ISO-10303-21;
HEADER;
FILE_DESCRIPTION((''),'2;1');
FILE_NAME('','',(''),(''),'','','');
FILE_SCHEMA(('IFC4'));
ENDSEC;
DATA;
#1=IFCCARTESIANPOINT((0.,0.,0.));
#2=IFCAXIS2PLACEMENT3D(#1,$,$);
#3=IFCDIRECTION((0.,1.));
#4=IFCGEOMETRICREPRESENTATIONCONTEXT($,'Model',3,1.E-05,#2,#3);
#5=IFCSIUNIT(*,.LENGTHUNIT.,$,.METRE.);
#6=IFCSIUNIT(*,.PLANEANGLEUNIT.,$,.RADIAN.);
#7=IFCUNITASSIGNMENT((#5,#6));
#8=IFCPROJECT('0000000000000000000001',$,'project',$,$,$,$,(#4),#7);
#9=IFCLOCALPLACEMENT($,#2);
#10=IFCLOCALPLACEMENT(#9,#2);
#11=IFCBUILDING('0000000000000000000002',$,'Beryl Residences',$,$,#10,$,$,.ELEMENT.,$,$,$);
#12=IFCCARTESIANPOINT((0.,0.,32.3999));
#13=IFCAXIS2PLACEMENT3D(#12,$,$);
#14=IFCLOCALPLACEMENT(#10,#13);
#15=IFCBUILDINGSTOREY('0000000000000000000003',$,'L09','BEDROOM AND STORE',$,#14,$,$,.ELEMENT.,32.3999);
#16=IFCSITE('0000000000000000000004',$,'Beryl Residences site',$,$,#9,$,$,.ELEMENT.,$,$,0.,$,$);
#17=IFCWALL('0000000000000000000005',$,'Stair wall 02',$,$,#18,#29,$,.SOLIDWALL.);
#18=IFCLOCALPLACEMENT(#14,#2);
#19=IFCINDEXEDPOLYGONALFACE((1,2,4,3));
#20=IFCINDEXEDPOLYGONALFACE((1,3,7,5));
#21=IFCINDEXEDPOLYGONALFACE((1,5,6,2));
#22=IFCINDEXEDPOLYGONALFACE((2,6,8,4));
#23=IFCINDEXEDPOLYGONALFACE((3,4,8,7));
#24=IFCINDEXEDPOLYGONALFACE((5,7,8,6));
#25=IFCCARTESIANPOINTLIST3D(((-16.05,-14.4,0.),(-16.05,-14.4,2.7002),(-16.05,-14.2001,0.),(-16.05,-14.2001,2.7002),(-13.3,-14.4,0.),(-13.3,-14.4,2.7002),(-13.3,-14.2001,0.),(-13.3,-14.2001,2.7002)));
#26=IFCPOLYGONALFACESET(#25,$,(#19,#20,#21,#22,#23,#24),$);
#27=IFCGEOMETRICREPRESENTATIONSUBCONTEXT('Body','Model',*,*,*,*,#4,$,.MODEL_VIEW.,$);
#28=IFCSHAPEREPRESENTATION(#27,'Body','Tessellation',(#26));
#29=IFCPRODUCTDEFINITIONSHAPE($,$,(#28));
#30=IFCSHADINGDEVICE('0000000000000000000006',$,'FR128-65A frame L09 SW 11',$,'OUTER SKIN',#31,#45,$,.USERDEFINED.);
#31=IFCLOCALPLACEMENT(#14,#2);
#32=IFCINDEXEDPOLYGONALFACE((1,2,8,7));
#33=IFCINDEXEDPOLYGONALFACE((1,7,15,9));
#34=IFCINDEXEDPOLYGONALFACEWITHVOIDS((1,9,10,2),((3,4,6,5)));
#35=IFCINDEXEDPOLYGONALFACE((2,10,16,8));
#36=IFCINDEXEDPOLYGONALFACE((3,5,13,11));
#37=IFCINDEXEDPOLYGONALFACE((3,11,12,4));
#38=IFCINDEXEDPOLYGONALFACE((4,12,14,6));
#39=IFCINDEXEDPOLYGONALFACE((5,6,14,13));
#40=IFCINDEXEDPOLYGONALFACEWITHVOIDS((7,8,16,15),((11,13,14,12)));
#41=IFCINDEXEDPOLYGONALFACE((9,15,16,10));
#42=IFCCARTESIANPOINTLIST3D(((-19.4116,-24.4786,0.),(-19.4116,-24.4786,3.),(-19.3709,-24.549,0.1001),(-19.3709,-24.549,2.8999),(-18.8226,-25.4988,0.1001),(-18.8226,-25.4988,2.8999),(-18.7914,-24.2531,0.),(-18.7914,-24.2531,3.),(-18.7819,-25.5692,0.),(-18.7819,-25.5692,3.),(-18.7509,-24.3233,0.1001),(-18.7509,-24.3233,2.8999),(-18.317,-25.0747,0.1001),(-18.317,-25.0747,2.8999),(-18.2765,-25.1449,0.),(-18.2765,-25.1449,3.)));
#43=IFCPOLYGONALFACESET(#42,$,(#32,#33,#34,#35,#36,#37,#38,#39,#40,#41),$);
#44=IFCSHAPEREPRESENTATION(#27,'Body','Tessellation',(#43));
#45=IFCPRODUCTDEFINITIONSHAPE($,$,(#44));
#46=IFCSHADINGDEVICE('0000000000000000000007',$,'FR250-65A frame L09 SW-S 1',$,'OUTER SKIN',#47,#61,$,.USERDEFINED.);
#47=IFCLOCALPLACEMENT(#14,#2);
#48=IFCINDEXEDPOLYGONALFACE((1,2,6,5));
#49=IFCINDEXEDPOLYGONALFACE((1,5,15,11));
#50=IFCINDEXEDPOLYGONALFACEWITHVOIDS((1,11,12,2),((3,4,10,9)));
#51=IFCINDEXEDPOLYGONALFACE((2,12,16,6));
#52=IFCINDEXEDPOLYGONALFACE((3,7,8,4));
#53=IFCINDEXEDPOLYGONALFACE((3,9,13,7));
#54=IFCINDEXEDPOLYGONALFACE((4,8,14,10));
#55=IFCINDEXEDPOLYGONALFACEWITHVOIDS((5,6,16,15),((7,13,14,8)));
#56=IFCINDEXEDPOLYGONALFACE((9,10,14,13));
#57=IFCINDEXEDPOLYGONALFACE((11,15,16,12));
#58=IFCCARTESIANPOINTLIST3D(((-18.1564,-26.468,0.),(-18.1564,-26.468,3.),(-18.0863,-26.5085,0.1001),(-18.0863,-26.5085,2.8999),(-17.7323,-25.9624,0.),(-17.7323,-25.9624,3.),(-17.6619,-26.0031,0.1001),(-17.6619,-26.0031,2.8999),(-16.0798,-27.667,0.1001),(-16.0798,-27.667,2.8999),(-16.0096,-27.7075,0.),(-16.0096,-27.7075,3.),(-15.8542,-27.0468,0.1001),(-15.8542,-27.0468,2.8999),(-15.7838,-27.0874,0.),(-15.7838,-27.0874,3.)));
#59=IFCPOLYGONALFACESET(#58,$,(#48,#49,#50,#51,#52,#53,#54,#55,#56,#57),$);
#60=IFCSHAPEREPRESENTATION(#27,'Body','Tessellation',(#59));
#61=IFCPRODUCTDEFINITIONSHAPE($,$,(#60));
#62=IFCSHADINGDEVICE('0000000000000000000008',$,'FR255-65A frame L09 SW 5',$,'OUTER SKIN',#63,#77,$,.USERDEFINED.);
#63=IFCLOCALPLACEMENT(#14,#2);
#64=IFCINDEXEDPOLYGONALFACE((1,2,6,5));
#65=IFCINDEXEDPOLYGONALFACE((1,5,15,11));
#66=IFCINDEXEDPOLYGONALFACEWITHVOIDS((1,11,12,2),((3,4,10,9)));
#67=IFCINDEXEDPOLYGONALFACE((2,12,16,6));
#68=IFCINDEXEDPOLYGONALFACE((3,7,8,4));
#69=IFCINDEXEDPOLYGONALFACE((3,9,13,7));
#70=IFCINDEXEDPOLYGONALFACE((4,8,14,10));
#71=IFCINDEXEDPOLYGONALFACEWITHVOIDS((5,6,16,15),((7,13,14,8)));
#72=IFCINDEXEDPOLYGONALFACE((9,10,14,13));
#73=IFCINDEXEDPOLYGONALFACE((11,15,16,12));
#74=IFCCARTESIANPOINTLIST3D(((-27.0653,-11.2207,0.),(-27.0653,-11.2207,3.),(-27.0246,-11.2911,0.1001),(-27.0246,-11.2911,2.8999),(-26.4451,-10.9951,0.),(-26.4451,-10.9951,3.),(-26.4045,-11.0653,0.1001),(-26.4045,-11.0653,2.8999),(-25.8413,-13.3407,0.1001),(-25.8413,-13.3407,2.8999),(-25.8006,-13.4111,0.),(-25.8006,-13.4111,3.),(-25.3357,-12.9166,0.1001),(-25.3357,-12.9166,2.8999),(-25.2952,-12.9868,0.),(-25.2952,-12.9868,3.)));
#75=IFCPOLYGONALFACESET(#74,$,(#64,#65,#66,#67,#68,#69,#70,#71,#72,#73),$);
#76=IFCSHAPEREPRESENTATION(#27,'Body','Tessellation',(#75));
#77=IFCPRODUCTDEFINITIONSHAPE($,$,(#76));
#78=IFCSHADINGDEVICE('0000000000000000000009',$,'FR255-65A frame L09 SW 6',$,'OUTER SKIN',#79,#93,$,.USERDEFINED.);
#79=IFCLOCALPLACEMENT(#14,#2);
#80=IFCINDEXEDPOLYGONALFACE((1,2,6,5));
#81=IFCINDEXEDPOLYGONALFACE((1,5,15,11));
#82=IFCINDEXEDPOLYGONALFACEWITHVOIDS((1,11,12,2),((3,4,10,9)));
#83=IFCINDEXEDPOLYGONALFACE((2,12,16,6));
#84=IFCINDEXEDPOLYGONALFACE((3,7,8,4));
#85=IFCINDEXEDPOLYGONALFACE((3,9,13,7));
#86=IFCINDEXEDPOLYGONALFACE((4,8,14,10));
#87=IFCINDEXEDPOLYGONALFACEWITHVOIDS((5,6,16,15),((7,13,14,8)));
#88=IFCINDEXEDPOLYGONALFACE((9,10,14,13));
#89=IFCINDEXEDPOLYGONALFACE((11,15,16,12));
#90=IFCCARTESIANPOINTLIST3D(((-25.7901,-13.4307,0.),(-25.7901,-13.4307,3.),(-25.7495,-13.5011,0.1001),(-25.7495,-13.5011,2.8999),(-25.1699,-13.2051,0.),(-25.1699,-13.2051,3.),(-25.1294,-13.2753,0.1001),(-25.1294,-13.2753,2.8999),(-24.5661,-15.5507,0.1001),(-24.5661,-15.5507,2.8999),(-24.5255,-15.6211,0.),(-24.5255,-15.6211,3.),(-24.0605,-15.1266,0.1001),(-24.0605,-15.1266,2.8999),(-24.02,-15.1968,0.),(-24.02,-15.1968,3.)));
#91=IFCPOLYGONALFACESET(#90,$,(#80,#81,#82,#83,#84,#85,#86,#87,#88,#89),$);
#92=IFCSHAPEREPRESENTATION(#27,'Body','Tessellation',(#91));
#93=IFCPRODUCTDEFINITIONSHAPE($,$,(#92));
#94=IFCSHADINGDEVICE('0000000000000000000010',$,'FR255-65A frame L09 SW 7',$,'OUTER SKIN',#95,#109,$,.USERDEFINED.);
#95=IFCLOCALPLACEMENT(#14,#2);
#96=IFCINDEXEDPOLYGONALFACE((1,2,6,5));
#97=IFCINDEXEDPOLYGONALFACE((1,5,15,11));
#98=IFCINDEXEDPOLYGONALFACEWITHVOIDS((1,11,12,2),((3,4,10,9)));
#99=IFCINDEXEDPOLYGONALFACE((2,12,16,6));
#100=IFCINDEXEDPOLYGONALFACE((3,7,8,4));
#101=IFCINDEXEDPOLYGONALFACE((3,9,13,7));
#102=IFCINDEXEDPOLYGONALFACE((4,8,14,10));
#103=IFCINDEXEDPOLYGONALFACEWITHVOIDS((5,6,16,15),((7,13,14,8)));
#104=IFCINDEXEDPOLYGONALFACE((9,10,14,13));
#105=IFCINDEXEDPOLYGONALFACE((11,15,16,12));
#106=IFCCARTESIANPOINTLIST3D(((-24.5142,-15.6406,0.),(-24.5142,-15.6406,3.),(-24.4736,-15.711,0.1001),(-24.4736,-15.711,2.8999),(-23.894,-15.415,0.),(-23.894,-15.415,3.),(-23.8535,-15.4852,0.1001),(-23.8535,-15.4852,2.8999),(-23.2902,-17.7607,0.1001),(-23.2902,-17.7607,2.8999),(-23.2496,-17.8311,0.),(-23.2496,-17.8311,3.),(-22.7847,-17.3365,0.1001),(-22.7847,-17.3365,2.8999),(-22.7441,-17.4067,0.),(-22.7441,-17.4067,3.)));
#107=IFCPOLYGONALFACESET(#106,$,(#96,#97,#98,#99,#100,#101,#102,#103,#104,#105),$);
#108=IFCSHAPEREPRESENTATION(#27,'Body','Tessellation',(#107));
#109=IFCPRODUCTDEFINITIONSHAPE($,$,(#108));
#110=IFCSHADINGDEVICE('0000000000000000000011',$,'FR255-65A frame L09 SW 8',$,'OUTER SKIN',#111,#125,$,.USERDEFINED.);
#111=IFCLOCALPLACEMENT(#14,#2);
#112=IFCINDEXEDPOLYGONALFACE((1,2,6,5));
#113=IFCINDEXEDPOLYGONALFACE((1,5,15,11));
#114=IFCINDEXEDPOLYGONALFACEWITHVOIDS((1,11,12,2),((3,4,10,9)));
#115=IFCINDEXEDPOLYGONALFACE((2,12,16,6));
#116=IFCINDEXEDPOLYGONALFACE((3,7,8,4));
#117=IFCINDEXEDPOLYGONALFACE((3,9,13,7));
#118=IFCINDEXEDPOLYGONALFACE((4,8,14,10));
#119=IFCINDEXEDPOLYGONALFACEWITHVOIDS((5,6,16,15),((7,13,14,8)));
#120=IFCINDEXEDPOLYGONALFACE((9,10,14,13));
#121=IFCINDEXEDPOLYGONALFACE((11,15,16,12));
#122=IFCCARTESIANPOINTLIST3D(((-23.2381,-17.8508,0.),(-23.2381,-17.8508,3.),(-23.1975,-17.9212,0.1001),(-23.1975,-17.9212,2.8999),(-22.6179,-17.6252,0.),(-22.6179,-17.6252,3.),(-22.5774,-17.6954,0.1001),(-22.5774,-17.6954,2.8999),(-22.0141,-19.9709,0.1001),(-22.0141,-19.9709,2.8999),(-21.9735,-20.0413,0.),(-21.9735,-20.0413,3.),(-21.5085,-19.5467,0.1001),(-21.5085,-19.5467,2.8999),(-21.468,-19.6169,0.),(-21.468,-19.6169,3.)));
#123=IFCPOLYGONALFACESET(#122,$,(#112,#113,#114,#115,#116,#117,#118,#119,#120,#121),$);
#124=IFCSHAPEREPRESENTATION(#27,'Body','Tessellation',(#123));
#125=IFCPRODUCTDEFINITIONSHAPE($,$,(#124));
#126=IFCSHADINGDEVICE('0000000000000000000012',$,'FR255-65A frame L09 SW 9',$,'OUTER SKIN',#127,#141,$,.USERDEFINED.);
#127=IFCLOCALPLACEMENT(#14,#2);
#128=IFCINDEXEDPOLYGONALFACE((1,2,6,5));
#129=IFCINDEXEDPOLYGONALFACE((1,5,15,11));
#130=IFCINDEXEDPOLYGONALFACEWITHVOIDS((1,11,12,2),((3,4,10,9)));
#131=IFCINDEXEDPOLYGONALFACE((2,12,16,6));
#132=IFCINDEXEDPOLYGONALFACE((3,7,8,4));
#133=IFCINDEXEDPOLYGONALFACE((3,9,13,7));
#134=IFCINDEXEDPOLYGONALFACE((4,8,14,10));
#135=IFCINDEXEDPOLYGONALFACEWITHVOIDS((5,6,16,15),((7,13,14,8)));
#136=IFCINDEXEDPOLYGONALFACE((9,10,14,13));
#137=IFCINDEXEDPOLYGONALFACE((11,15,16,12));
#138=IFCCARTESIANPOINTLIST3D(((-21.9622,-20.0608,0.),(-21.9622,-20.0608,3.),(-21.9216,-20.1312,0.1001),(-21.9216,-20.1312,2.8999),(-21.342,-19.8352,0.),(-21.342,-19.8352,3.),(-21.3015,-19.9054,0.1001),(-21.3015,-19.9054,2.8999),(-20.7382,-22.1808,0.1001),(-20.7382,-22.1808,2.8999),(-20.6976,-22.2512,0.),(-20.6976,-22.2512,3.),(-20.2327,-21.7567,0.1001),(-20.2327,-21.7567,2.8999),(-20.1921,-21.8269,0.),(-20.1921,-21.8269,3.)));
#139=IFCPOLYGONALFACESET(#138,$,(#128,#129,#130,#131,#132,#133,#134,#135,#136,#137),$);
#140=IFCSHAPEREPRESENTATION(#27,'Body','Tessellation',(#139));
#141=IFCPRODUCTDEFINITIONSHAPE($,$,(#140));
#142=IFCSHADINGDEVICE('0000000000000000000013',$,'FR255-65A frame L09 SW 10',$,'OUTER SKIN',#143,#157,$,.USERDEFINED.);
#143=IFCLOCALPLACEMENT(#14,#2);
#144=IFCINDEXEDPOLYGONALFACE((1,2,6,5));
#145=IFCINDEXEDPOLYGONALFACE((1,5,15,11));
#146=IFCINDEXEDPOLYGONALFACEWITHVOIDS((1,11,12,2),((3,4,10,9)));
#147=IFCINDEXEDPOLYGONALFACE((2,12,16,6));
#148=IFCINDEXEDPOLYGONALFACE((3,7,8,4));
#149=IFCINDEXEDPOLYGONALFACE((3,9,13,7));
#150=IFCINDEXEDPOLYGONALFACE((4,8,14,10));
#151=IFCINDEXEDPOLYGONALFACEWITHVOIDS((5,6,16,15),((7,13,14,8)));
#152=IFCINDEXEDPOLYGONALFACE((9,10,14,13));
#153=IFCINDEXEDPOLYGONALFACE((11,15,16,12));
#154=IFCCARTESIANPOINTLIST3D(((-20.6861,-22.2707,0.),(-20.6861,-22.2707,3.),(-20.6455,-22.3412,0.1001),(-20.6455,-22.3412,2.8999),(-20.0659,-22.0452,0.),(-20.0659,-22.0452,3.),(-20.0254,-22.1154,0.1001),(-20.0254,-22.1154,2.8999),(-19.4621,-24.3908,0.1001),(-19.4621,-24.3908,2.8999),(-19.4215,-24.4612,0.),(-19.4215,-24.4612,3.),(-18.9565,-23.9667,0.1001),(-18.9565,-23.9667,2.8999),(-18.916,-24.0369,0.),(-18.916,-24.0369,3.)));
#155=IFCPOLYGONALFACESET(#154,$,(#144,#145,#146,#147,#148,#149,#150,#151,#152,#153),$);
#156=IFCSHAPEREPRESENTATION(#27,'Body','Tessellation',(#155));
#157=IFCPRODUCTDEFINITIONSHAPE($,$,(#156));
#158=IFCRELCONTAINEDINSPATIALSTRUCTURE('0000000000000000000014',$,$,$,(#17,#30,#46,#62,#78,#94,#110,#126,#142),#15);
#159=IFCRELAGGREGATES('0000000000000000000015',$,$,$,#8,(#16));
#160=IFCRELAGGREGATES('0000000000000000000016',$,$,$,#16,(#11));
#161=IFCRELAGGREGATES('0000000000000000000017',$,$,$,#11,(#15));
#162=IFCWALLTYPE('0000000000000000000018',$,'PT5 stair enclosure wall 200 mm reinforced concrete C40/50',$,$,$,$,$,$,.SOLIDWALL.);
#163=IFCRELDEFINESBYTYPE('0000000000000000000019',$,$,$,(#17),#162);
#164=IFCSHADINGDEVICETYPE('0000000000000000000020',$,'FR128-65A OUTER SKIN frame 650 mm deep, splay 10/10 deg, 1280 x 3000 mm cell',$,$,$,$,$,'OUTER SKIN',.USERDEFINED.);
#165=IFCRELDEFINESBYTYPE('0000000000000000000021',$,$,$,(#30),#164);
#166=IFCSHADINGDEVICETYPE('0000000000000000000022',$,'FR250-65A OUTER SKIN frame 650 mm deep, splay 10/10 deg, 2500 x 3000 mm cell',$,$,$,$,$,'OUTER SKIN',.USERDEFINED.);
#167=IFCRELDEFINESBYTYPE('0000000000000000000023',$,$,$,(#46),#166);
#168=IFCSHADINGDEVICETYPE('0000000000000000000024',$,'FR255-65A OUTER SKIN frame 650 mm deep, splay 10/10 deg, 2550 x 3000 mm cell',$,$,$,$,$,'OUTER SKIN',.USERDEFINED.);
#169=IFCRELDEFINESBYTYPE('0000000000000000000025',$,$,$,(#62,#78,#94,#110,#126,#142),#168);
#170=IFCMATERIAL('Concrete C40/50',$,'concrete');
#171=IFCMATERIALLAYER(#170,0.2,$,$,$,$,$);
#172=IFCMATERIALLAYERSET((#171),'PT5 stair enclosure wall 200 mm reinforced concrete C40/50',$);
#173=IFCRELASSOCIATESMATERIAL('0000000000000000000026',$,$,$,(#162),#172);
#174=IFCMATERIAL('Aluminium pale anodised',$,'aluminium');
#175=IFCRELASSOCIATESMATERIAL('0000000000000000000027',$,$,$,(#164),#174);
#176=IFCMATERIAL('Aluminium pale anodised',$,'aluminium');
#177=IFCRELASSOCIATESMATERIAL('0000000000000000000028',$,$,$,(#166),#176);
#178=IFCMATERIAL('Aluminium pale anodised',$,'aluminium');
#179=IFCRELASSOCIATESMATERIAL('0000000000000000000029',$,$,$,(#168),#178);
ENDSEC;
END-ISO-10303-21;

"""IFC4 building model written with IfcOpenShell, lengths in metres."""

from ifc_helpers import new_model, entity, si_unit, direction, frame, frame_2d, origin, place, context, subcontext, project, spatial, rectangle, extrude, source, transform, mapped, material, layer, layer_set, type_object, type_shapes, element, save


model = new_model("IFC4")

# Units and contexts
model_context = context("Model", 3, precision=1e-05, world=origin(), true_north=direction((0.0, 1.0)))
body_context = subcontext(model_context, "Body", "Model", "MODEL_VIEW")
ifc_project = project(units=[si_unit("LENGTHUNIT", "METRE"), si_unit("PLANEANGLEUNIT", "RADIAN")], contexts=[model_context])

# Site, building, storey
site_placement = place(None, origin())
site = spatial("IfcSite", under=ifc_project, at=site_placement, Name="Beryl Residences site", CompositionType="ELEMENT", RefElevation=0.0)
building_placement = place(site_placement, origin())
building = spatial("IfcBuilding", under=site, at=building_placement, Name="Beryl Residences", CompositionType="ELEMENT")
storey_placement = place(building_placement, frame((0.0, 0.0, 32.3999)))
storey = spatial("IfcBuildingStorey", under=building, at=storey_placement, Name="L09", Description="BEDROOM AND STORE", CompositionType="ELEMENT", Elevation=32.3999)

# Wall
ifc_material_1 = material(Name="Concrete C40/50", Category="concrete")
ifc_layer_1 = layer(ifc_material_1, 0.2)
ifc_layer_set_1 = layer_set([ifc_layer_1], Name="PT5 stair enclosure wall 200 mm reinforced concrete C40/50")
wall_type_1 = type_object("IfcWallType", Name="PT5 stair enclosure wall 200 mm reinforced concrete C40/50", PredefinedType="SOLIDWALL", material=ifc_layer_set_1)
wall_1_placement = place(storey_placement, frame((-16.05, -14.3, 0.0), z_axis=(0.0, 0.0, 1.0), x_axis=(1.0, 0.0, 0.0)))
element("IfcWall", 1, at=wall_1_placement, inside=storey, type_object=wall_type_1, Name="Stair wall 02", PredefinedType="SOLIDWALL", context=body_context, shape_type="SweptSolid", body=[
    extrude(rectangle(XDim=2.75, YDim=0.2, at=frame_2d((1.375, 0.0))), origin(), (0.0, 0.0, 1.0), 2.7002),
])

# Shading devices
ifc_material_2 = material(Name="Aluminium pale anodised", Category="aluminium")
shading_device_type_1 = type_object("IfcShadingDeviceType", Name="FR128-65A OUTER SKIN frame 650 mm deep, splay 10/10 deg, 1280 x 3000 mm cell", ElementType="OUTER SKIN", PredefinedType="USERDEFINED", material=ifc_material_2)
cartesian_point_1 = entity("IfcCartesianPoint", [-0.5149, 0.0])
cartesian_point_2 = entity("IfcCartesianPoint", [-0.4338, 0.1001])
cartesian_point_3 = entity("IfcCartesianPoint", [-0.6296, 0.0])
cartesian_point_4 = entity("IfcCartesianPoint", [-0.5483, 0.1001])
shared_shape_1 = source(origin(), body_context, "Body", "SweptSolid", [
    entity("IfcExtrudedAreaSolidTapered", entity("IfcArbitraryProfileDefWithVoids", "AREA", None, entity("IfcPolyline", [cartesian_point_1, entity("IfcCartesianPoint", [0.5149, 0.0]), entity("IfcCartesianPoint", [0.5149, 3.0]), entity("IfcCartesianPoint", [-0.5149, 3.0]), cartesian_point_1]), [entity("IfcPolyline", [cartesian_point_2, entity("IfcCartesianPoint", [0.4338, 0.1001]), entity("IfcCartesianPoint", [0.4338, 2.8999]), entity("IfcCartesianPoint", [-0.4338, 2.8999]), cartesian_point_2])]), entity("IfcAxis2Placement3D", entity("IfcCartesianPoint", [0.0, 0.0, 0.0]), entity("IfcDirection", [0.0, 1.0, 0.0]), entity("IfcDirection", [-1.0, 0.0, 0.0])), entity("IfcDirection", [0.0, 0.0, 1.0]), 0.6499, entity("IfcArbitraryProfileDefWithVoids", "AREA", None, entity("IfcPolyline", [cartesian_point_3, entity("IfcCartesianPoint", [0.6296, 0.0]), entity("IfcCartesianPoint", [0.6296, 3.0]), entity("IfcCartesianPoint", [-0.6296, 3.0]), cartesian_point_3]), [entity("IfcPolyline", [cartesian_point_4, entity("IfcCartesianPoint", [0.5483, 0.1001]), entity("IfcCartesianPoint", [0.5483, 2.8999]), entity("IfcCartesianPoint", [-0.5483, 2.8999]), cartesian_point_4])])),
])
type_shapes(shading_device_type_1, [shared_shape_1])
shading_device_1_placement = place(storey_placement, frame((-18.5339, -24.699, 0.0), z_axis=(0.0, 0.0, 1.0), x_axis=(-0.5, 0.866025, 0.0)))
element("IfcShadingDevice", 2, at=shading_device_1_placement, inside=storey, type_object=shading_device_type_1, Name="FR128-65A frame L09 SW 11", ObjectType="OUTER SKIN", PredefinedType="USERDEFINED", context=body_context, shape_type="MappedRepresentation", body=[
    mapped(shared_shape_1, transform((0.0, 0.0, 0.0))),
])
ifc_material_3 = material(Name="Aluminium pale anodised", Category="aluminium")
shading_device_type_2 = type_object("IfcShadingDeviceType", Name="FR250-65A OUTER SKIN frame 650 mm deep, splay 10/10 deg, 2500 x 3000 mm cell", ElementType="OUTER SKIN", PredefinedType="USERDEFINED", material=ifc_material_3)
cartesian_point_5 = entity("IfcCartesianPoint", [-1.125, 0.0])
cartesian_point_6 = entity("IfcCartesianPoint", [-1.0437, 0.1001])
cartesian_point_7 = entity("IfcCartesianPoint", [-1.2395, 0.0])
cartesian_point_8 = entity("IfcCartesianPoint", [-1.1584, 0.1001])
shared_shape_2 = source(origin(), body_context, "Body", "SweptSolid", [
    entity("IfcExtrudedAreaSolidTapered", entity("IfcArbitraryProfileDefWithVoids", "AREA", None, entity("IfcPolyline", [cartesian_point_5, entity("IfcCartesianPoint", [1.125, 0.0]), entity("IfcCartesianPoint", [1.125, 3.0]), entity("IfcCartesianPoint", [-1.125, 3.0]), cartesian_point_5]), [entity("IfcPolyline", [cartesian_point_6, entity("IfcCartesianPoint", [1.0437, 0.1001]), entity("IfcCartesianPoint", [1.0437, 2.8999]), entity("IfcCartesianPoint", [-1.0437, 2.8999]), cartesian_point_6])]), entity("IfcAxis2Placement3D", entity("IfcCartesianPoint", [0.0, 0.0, 0.0]), entity("IfcDirection", [0.0, 1.0, 0.0]), entity("IfcDirection", [-1.0, 0.0, 0.0])), entity("IfcDirection", [0.0, 0.0, 1.0]), 0.6499, entity("IfcArbitraryProfileDefWithVoids", "AREA", None, entity("IfcPolyline", [cartesian_point_7, entity("IfcCartesianPoint", [1.2395, 0.0]), entity("IfcCartesianPoint", [1.2395, 3.0]), entity("IfcCartesianPoint", [-1.2395, 3.0]), cartesian_point_7]), [entity("IfcPolyline", [cartesian_point_8, entity("IfcCartesianPoint", [1.1584, 0.1001]), entity("IfcCartesianPoint", [1.1584, 2.8999]), entity("IfcCartesianPoint", [-1.1584, 2.8999]), cartesian_point_8])])),
])
type_shapes(shading_device_type_2, [shared_shape_2])
shading_device_2_placement = place(storey_placement, frame((-16.7581, -26.5249, 0.0), z_axis=(0.0, 0.0, 1.0), x_axis=(-0.866025, 0.5, 0.0)))
element("IfcShadingDevice", 3, at=shading_device_2_placement, inside=storey, type_object=shading_device_type_2, Name="FR250-65A frame L09 SW-S 1", ObjectType="OUTER SKIN", PredefinedType="USERDEFINED", context=body_context, shape_type="MappedRepresentation", body=[
    mapped(shared_shape_2, transform((0.0, 0.0, 0.0))),
])
ifc_material_4 = material(Name="Aluminium pale anodised", Category="aluminium")
shading_device_type_3 = type_object("IfcShadingDeviceType", Name="FR255-65A OUTER SKIN frame 650 mm deep, splay 10/10 deg, 2550 x 3000 mm cell", ElementType="OUTER SKIN", PredefinedType="USERDEFINED", material=ifc_material_4)
cartesian_point_9 = entity("IfcCartesianPoint", [-1.1499, 0.0])
cartesian_point_10 = entity("IfcCartesianPoint", [-1.0688, 0.1001])
cartesian_point_11 = entity("IfcCartesianPoint", [-1.2646, 0.0])
cartesian_point_12 = entity("IfcCartesianPoint", [-1.1833, 0.1001])
shared_shape_3 = source(origin(), body_context, "Body", "SweptSolid", [
    entity("IfcExtrudedAreaSolidTapered", entity("IfcArbitraryProfileDefWithVoids", "AREA", None, entity("IfcPolyline", [cartesian_point_9, entity("IfcCartesianPoint", [1.1499, 0.0]), entity("IfcCartesianPoint", [1.1499, 3.0]), entity("IfcCartesianPoint", [-1.1499, 3.0]), cartesian_point_9]), [entity("IfcPolyline", [cartesian_point_10, entity("IfcCartesianPoint", [1.0688, 0.1001]), entity("IfcCartesianPoint", [1.0688, 2.8999]), entity("IfcCartesianPoint", [-1.0688, 2.8999]), cartesian_point_10])]), entity("IfcAxis2Placement3D", entity("IfcCartesianPoint", [0.0, 0.0, 0.0]), entity("IfcDirection", [0.0, 1.0, 0.0]), entity("IfcDirection", [-1.0, 0.0, 0.0])), entity("IfcDirection", [0.0, 0.0, 1.0]), 0.6499, entity("IfcArbitraryProfileDefWithVoids", "AREA", None, entity("IfcPolyline", [cartesian_point_11, entity("IfcCartesianPoint", [1.2646, 0.0]), entity("IfcCartesianPoint", [1.2646, 3.0]), entity("IfcCartesianPoint", [-1.2646, 3.0]), cartesian_point_11]), [entity("IfcPolyline", [cartesian_point_12, entity("IfcCartesianPoint", [1.1833, 0.1001]), entity("IfcCartesianPoint", [1.1833, 2.8999]), entity("IfcCartesianPoint", [-1.1833, 2.8999]), cartesian_point_12])])),
])
type_shapes(shading_device_type_3, [shared_shape_3])
for number, where, z_axis, x_axis, name in (
    (4, (-25.8701, -11.991, 0.0), (0.0, 0.0, 1.0), (-0.5, 0.866025, 0.0), "FR255-65A frame L09 SW 5"),
    (5, (-24.595, -14.2009, 0.0), (0.0, 0.0, 1.0), (-0.5, 0.866025, 0.0), "FR255-65A frame L09 SW 6"),
    (6, (-23.3191, -16.4109, 0.0), (0.0, 0.0, 1.0), (-0.5, 0.866025, 0.0), "FR255-65A frame L09 SW 7"),
    (7, (-22.043, -18.6211, 0.0), (0.0, 0.0, 1.0), (-0.5, 0.866025, 0.0), "FR255-65A frame L09 SW 8"),
    (8, (-20.7671, -20.8311, 0.0), (0.0, 0.0, 1.0), (-0.5, 0.866025, 0.0), "FR255-65A frame L09 SW 9"),
    (9, (-19.491, -23.041, 0.0), (0.0, 0.0, 1.0), (-0.5, 0.866025, 0.0), "FR255-65A frame L09 SW 10"),
):
    element("IfcShadingDevice", number, at=place(storey_placement, frame(where, z_axis=z_axis, x_axis=x_axis)), inside=storey, type_object=shading_device_type_3, Name=name, ObjectType="OUTER SKIN", PredefinedType="USERDEFINED", context=body_context, shape_type="MappedRepresentation", body=[
        mapped(shared_shape_3, transform((0.0, 0.0, 0.0))),
    ])

save(model, "model.ifc")
